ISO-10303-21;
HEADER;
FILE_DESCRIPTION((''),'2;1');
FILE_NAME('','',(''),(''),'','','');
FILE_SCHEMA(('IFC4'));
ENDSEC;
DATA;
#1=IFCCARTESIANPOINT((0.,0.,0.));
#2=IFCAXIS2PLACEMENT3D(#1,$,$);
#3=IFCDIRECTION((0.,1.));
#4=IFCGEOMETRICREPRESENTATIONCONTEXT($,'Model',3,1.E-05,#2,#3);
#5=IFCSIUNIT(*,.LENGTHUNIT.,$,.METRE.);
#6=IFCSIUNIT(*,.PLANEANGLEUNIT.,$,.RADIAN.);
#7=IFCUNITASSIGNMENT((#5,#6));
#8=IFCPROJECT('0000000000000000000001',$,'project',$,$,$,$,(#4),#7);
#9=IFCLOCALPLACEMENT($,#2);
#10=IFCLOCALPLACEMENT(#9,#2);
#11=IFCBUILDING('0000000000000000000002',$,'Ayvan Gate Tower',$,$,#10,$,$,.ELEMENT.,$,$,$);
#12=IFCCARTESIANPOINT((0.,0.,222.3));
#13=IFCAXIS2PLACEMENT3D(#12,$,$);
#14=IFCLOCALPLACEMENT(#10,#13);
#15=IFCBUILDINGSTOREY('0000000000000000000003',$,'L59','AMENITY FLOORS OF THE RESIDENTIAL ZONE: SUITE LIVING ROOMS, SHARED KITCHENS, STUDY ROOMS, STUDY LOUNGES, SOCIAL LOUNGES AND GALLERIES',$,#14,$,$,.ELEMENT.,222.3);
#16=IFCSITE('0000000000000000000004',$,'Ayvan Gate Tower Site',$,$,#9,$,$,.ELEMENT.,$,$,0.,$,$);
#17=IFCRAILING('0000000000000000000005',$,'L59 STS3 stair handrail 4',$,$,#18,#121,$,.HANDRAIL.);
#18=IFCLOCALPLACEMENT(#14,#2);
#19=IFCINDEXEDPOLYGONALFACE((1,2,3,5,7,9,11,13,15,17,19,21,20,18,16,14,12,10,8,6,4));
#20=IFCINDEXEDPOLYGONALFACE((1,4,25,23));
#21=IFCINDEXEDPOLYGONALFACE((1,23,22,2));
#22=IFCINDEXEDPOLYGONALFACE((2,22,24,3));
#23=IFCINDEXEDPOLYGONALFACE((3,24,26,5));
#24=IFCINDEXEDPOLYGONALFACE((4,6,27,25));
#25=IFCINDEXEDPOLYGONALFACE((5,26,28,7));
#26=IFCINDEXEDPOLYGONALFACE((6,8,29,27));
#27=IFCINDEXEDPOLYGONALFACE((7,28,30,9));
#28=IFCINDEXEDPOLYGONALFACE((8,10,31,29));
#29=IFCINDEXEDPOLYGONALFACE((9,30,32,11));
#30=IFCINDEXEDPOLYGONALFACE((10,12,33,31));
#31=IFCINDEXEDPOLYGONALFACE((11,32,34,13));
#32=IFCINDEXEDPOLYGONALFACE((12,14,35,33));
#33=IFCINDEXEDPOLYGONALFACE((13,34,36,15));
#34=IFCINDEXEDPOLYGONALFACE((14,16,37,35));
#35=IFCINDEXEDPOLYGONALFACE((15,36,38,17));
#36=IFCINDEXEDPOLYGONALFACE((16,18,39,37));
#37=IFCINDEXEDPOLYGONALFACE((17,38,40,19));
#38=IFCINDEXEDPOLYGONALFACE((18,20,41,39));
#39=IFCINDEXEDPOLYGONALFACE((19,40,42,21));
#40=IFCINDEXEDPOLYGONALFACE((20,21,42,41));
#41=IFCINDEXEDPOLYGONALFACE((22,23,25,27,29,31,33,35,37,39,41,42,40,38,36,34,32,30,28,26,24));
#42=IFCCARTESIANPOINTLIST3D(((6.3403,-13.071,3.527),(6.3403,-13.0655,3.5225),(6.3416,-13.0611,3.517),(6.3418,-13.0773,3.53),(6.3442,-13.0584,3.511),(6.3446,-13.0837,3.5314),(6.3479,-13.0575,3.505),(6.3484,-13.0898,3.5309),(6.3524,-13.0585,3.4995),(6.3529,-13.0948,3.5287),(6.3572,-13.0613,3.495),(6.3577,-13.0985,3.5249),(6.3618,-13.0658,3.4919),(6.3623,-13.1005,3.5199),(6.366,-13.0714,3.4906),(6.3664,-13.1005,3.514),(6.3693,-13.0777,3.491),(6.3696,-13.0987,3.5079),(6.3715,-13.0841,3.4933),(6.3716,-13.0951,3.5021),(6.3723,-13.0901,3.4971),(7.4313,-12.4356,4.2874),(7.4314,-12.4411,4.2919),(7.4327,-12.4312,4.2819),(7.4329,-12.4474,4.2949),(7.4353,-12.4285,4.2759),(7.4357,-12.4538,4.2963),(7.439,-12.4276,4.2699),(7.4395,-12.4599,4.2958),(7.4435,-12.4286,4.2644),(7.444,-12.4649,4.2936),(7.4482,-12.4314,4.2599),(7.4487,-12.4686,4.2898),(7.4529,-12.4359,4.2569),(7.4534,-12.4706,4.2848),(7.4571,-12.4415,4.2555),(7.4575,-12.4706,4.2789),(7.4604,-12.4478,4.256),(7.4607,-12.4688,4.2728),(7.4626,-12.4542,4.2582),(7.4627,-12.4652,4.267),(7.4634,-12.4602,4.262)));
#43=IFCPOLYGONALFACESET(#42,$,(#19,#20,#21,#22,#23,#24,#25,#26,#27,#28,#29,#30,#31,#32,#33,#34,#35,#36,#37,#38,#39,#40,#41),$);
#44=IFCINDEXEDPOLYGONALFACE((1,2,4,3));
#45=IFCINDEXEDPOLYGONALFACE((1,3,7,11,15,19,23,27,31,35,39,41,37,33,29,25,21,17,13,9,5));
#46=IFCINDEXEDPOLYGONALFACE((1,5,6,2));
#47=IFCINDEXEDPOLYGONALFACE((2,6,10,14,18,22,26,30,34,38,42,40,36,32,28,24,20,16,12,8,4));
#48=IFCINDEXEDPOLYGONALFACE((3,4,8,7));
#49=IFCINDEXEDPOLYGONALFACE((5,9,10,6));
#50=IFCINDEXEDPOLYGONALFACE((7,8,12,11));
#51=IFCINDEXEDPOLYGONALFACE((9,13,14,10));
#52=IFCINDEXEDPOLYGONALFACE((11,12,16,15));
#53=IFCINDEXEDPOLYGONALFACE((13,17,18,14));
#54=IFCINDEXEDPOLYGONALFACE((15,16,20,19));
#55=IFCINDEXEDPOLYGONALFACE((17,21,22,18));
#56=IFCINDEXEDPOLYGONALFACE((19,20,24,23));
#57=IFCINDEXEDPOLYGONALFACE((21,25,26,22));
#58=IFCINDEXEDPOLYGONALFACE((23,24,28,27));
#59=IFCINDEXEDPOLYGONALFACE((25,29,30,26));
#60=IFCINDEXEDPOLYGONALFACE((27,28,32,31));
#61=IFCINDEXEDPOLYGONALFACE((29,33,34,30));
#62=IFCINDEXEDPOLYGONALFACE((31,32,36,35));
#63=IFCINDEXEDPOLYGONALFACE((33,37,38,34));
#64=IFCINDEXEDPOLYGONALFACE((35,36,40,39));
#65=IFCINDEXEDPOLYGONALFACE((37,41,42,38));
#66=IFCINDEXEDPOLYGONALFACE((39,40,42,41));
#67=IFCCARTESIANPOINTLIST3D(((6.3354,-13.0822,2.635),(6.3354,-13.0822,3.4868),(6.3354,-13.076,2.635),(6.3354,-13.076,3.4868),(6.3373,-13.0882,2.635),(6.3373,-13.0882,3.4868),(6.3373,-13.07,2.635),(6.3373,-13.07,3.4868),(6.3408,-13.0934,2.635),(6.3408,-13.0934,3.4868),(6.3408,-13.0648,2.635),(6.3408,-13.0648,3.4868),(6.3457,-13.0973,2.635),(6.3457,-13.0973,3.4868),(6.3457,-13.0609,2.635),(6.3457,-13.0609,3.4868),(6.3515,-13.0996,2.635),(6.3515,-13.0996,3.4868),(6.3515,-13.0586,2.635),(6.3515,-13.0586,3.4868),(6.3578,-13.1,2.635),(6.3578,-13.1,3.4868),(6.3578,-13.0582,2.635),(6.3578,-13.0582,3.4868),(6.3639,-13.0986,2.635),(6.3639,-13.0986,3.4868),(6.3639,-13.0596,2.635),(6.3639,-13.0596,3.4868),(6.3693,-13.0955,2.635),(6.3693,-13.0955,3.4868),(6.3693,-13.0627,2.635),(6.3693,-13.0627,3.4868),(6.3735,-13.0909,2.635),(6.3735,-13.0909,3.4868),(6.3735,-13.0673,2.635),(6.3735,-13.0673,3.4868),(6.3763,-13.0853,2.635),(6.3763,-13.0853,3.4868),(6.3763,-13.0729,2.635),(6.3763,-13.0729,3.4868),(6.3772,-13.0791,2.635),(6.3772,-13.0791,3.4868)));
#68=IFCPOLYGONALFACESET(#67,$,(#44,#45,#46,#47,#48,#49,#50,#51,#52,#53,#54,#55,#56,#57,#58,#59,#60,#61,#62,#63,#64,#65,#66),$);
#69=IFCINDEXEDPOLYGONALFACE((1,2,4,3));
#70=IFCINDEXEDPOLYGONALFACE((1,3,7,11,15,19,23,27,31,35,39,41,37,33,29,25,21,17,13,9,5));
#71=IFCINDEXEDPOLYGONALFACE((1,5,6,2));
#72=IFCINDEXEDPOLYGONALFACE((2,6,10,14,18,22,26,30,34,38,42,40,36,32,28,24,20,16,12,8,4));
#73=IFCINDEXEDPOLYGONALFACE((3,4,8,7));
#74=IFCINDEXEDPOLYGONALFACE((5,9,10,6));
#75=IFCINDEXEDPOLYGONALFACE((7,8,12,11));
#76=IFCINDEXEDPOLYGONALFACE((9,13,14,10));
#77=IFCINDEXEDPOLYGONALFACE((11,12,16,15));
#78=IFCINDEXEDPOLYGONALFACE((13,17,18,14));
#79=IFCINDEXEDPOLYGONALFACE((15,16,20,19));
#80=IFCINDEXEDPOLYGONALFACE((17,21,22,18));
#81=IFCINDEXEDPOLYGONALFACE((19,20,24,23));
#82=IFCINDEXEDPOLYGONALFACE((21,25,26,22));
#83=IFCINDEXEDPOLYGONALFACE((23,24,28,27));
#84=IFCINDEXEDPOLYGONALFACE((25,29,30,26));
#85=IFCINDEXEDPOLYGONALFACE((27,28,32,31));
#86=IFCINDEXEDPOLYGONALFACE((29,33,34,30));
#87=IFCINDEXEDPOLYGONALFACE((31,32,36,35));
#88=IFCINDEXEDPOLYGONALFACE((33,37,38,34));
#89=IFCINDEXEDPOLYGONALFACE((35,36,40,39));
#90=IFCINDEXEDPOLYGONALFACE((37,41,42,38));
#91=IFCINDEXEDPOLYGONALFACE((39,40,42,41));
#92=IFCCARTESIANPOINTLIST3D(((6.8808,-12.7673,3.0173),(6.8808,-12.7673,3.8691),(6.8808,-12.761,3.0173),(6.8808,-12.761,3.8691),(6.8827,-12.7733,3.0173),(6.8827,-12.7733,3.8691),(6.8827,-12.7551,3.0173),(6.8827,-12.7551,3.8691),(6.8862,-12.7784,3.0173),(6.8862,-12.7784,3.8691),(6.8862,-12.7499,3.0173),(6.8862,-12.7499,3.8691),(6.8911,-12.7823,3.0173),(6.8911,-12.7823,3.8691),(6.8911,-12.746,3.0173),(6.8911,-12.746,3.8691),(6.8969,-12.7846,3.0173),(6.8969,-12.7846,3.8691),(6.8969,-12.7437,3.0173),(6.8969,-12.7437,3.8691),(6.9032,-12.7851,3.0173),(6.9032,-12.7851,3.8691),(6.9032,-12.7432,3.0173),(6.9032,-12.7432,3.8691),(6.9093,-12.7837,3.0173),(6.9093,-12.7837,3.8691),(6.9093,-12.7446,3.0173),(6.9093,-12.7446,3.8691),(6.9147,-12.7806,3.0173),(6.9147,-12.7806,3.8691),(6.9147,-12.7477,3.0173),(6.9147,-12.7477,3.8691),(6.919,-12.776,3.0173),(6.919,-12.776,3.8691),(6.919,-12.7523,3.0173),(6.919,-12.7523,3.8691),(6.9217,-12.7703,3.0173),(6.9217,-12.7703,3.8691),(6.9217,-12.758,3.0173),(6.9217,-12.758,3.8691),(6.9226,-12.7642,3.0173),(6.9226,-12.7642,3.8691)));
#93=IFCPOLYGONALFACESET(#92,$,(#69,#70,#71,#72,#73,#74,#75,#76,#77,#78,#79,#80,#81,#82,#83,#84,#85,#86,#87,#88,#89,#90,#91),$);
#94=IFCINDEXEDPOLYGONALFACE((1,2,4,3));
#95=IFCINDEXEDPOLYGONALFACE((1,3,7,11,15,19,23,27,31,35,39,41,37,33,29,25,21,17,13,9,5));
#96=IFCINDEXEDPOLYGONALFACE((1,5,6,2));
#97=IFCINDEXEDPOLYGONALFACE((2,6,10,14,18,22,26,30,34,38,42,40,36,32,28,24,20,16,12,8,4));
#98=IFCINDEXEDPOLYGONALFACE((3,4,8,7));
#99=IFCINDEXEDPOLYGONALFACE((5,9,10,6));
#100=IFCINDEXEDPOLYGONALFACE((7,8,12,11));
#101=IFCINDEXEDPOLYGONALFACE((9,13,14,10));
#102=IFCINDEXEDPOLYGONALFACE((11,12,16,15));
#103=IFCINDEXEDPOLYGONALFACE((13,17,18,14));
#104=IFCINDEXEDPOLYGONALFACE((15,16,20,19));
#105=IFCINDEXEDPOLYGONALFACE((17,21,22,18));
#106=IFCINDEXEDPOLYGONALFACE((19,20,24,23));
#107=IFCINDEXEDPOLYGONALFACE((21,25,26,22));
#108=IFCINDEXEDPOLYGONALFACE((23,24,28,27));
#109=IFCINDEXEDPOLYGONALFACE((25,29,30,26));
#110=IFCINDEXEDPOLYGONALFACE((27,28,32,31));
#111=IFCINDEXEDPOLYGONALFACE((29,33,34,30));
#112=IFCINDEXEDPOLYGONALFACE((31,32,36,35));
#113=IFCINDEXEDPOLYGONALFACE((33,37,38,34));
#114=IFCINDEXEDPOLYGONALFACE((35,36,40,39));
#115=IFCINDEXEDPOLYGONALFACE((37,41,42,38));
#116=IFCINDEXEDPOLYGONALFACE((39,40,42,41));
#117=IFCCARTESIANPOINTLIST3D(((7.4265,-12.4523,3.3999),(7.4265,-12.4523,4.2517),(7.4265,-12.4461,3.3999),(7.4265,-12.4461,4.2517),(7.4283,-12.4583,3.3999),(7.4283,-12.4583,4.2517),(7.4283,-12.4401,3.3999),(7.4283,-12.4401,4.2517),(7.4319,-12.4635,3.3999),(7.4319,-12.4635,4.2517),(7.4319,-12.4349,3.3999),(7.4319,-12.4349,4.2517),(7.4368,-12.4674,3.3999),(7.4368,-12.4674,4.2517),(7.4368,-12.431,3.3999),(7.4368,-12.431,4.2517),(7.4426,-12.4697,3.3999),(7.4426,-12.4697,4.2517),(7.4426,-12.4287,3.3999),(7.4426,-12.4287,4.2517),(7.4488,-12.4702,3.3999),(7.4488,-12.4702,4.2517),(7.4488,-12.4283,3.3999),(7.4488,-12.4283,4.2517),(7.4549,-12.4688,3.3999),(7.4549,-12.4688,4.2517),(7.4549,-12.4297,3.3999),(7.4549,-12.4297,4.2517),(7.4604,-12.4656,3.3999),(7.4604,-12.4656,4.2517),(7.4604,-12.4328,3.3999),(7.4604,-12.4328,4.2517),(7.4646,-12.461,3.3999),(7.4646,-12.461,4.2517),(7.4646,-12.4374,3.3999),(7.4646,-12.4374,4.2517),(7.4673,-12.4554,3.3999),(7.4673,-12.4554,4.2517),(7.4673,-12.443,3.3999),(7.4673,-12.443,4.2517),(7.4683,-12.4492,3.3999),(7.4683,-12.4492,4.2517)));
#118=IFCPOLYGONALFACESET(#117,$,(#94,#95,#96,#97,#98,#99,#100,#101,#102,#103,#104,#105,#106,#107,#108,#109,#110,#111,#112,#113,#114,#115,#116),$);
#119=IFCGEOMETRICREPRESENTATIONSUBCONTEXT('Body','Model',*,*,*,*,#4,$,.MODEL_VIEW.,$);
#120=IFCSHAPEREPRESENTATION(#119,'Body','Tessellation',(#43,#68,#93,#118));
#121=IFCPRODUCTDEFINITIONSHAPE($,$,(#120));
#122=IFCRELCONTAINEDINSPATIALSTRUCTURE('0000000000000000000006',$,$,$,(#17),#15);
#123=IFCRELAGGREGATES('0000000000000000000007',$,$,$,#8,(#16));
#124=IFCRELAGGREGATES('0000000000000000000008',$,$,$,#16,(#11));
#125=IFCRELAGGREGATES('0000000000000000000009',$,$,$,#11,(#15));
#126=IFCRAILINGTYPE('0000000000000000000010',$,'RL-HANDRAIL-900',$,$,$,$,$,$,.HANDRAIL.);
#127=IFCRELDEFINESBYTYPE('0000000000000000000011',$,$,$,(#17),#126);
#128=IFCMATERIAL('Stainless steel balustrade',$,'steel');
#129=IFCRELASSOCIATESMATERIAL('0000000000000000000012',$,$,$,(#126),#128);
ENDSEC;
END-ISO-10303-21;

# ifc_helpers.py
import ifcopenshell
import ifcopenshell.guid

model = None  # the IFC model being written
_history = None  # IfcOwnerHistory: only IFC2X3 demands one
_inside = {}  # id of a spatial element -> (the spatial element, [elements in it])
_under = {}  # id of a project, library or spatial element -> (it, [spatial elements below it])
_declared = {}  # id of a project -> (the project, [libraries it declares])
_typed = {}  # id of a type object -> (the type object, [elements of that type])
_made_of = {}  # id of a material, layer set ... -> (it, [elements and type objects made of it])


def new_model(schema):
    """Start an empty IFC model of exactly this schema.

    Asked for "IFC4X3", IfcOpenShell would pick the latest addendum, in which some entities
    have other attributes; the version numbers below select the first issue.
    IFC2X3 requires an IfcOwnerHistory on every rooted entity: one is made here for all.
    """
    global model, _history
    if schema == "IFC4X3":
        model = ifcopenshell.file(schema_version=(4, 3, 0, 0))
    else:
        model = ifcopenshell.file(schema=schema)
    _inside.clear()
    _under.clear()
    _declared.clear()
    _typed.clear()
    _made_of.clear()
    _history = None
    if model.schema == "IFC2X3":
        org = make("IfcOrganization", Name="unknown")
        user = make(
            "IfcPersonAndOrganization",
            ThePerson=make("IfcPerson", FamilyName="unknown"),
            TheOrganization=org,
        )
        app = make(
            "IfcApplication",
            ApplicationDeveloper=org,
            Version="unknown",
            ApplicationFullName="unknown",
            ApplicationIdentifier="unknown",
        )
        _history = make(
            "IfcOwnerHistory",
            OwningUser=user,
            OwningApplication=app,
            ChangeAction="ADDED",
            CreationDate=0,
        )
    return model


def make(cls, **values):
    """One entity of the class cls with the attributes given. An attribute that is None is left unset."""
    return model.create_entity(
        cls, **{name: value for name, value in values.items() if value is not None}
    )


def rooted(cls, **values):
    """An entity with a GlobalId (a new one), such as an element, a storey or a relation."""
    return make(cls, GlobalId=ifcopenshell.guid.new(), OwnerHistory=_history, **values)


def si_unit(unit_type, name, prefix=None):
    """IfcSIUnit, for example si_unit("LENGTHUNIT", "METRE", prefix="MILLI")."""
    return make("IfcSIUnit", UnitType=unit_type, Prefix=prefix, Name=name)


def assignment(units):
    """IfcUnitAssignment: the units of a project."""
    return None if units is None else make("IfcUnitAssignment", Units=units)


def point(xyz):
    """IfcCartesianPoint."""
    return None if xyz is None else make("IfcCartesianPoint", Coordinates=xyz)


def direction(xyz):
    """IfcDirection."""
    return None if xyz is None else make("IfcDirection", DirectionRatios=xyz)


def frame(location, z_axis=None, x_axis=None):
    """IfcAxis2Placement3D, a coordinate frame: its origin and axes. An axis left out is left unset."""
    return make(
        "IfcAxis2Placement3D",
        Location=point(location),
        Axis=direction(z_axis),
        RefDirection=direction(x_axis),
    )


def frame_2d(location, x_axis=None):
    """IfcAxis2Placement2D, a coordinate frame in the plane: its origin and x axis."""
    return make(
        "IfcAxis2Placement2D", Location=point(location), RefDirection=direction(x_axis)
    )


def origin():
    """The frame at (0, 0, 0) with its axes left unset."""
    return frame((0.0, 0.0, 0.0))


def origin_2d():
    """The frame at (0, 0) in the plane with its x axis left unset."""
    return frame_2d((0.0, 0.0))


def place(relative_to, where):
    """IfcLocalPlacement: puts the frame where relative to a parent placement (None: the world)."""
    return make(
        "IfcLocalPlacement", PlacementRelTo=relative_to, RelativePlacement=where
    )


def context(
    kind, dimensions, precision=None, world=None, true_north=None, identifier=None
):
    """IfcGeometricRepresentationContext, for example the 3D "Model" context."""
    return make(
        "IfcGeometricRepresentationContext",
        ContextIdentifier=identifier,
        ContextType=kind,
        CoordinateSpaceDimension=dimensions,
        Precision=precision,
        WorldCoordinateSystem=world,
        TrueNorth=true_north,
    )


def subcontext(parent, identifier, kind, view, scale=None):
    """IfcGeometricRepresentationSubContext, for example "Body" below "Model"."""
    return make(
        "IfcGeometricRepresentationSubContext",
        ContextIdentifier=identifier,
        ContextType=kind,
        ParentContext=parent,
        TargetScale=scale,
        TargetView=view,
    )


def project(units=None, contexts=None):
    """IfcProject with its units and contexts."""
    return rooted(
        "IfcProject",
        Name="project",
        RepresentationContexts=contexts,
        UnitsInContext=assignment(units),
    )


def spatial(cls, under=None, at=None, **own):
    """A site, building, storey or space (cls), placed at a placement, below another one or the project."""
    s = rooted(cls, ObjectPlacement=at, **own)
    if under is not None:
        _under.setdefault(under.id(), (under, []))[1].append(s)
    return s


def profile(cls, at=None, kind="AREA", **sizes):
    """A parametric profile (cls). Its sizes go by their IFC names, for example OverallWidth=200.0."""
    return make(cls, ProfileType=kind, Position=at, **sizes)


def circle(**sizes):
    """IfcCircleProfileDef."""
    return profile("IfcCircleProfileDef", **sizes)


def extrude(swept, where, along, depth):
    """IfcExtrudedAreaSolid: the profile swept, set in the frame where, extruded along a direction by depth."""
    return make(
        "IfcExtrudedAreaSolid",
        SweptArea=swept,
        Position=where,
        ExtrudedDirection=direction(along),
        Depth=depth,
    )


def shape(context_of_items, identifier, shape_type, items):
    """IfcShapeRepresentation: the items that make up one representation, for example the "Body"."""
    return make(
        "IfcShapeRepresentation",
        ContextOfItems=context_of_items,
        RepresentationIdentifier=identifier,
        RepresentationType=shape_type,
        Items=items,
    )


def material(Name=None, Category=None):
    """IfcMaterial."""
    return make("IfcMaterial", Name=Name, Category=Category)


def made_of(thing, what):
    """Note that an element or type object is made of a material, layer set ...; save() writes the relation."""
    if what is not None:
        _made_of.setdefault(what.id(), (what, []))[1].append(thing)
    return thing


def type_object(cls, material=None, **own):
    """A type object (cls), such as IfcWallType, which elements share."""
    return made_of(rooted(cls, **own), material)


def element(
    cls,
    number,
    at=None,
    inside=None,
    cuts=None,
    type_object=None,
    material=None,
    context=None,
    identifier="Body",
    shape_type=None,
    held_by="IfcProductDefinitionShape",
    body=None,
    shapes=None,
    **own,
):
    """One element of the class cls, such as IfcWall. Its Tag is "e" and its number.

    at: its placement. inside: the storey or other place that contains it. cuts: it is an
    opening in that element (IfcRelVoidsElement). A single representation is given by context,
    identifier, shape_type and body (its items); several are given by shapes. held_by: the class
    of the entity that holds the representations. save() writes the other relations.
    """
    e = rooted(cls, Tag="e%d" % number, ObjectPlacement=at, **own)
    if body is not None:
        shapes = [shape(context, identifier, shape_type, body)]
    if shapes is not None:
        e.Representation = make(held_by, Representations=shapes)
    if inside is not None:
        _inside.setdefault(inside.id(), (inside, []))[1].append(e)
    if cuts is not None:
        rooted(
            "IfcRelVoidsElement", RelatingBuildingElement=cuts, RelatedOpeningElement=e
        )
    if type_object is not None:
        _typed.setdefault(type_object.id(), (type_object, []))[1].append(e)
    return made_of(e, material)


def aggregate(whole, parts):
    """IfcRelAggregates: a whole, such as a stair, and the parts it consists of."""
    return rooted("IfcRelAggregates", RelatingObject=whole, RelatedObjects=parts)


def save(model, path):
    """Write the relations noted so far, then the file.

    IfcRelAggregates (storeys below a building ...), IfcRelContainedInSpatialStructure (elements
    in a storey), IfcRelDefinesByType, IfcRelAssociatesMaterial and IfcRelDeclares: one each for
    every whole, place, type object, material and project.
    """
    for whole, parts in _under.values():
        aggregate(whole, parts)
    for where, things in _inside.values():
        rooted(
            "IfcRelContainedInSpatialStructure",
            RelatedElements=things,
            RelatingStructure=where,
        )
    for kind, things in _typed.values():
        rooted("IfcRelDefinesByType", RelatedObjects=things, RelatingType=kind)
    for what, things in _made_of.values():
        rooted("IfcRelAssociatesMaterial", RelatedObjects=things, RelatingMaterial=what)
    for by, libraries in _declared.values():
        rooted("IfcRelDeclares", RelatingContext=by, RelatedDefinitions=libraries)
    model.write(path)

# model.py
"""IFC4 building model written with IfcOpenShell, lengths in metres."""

from ifc_helpers import new_model, si_unit, direction, frame, origin, origin_2d, place, context, subcontext, project, spatial, circle, extrude, material, type_object, element, save


model = new_model("IFC4")

# Units and contexts
model_context = context("Model", 3, precision=1e-05, world=origin(), true_north=direction((0.0, 1.0)))
body_context = subcontext(model_context, "Body", "Model", "MODEL_VIEW")
ifc_project = project(units=[si_unit("LENGTHUNIT", "METRE"), si_unit("PLANEANGLEUNIT", "RADIAN")], contexts=[model_context])

# Site, building, storey
site_placement = place(None, origin())
site = spatial("IfcSite", under=ifc_project, at=site_placement, Name="Ayvan Gate Tower Site", CompositionType="ELEMENT", RefElevation=0.0)
building_placement = place(site_placement, origin())
building = spatial("IfcBuilding", under=site, at=building_placement, Name="Ayvan Gate Tower", CompositionType="ELEMENT")
storey_placement = place(building_placement, frame((0.0, 0.0, 222.3)))
storey = spatial("IfcBuildingStorey", under=building, at=storey_placement, Name="L59", Description="AMENITY FLOORS OF THE RESIDENTIAL ZONE: SUITE LIVING ROOMS, SHARED KITCHENS, STUDY ROOMS, STUDY LOUNGES, SOCIAL LOUNGES AND GALLERIES", CompositionType="ELEMENT", Elevation=222.3)

# Railing
ifc_material_1 = material(Name="Stainless steel balustrade", Category="steel")
railing_type_1 = type_object("IfcRailingType", Name="RL-HANDRAIL-900", PredefinedType="HANDRAIL", material=ifc_material_1)
railing_1_placement = place(storey_placement, frame((6.3562, -13.0791, 2.635)))
element("IfcRailing", 1, at=railing_1_placement, inside=storey, type_object=railing_type_1, Name="L59 STS3 stair handrail 4", PredefinedType="HANDRAIL", context=body_context, shape_type="SweptSolid", body=[
    extrude(circle(Radius=0.0239, at=origin_2d()), frame((0.0, 0.0, 0.876), z_axis=(0.740282, 0.427372, 0.518976), x_axis=(-0.499974, 0.86604, 0.0)), (0.0, 0.0, 1.0), 1.4739),
    extrude(circle(Radius=0.021, at=origin_2d()), origin(), (0.0, 0.0, 1.0), 0.8518),
    extrude(circle(Radius=0.021, at=origin_2d()), frame((0.5454, 0.3149, 0.3823)), (0.0, 0.0, 1.0), 0.8518),
    extrude(circle(Radius=0.021, at=origin_2d()), frame((1.0911, 0.6299, 0.7649)), (0.0, 0.0, 1.0), 0.8518),
])

save(model, "model.ifc")
